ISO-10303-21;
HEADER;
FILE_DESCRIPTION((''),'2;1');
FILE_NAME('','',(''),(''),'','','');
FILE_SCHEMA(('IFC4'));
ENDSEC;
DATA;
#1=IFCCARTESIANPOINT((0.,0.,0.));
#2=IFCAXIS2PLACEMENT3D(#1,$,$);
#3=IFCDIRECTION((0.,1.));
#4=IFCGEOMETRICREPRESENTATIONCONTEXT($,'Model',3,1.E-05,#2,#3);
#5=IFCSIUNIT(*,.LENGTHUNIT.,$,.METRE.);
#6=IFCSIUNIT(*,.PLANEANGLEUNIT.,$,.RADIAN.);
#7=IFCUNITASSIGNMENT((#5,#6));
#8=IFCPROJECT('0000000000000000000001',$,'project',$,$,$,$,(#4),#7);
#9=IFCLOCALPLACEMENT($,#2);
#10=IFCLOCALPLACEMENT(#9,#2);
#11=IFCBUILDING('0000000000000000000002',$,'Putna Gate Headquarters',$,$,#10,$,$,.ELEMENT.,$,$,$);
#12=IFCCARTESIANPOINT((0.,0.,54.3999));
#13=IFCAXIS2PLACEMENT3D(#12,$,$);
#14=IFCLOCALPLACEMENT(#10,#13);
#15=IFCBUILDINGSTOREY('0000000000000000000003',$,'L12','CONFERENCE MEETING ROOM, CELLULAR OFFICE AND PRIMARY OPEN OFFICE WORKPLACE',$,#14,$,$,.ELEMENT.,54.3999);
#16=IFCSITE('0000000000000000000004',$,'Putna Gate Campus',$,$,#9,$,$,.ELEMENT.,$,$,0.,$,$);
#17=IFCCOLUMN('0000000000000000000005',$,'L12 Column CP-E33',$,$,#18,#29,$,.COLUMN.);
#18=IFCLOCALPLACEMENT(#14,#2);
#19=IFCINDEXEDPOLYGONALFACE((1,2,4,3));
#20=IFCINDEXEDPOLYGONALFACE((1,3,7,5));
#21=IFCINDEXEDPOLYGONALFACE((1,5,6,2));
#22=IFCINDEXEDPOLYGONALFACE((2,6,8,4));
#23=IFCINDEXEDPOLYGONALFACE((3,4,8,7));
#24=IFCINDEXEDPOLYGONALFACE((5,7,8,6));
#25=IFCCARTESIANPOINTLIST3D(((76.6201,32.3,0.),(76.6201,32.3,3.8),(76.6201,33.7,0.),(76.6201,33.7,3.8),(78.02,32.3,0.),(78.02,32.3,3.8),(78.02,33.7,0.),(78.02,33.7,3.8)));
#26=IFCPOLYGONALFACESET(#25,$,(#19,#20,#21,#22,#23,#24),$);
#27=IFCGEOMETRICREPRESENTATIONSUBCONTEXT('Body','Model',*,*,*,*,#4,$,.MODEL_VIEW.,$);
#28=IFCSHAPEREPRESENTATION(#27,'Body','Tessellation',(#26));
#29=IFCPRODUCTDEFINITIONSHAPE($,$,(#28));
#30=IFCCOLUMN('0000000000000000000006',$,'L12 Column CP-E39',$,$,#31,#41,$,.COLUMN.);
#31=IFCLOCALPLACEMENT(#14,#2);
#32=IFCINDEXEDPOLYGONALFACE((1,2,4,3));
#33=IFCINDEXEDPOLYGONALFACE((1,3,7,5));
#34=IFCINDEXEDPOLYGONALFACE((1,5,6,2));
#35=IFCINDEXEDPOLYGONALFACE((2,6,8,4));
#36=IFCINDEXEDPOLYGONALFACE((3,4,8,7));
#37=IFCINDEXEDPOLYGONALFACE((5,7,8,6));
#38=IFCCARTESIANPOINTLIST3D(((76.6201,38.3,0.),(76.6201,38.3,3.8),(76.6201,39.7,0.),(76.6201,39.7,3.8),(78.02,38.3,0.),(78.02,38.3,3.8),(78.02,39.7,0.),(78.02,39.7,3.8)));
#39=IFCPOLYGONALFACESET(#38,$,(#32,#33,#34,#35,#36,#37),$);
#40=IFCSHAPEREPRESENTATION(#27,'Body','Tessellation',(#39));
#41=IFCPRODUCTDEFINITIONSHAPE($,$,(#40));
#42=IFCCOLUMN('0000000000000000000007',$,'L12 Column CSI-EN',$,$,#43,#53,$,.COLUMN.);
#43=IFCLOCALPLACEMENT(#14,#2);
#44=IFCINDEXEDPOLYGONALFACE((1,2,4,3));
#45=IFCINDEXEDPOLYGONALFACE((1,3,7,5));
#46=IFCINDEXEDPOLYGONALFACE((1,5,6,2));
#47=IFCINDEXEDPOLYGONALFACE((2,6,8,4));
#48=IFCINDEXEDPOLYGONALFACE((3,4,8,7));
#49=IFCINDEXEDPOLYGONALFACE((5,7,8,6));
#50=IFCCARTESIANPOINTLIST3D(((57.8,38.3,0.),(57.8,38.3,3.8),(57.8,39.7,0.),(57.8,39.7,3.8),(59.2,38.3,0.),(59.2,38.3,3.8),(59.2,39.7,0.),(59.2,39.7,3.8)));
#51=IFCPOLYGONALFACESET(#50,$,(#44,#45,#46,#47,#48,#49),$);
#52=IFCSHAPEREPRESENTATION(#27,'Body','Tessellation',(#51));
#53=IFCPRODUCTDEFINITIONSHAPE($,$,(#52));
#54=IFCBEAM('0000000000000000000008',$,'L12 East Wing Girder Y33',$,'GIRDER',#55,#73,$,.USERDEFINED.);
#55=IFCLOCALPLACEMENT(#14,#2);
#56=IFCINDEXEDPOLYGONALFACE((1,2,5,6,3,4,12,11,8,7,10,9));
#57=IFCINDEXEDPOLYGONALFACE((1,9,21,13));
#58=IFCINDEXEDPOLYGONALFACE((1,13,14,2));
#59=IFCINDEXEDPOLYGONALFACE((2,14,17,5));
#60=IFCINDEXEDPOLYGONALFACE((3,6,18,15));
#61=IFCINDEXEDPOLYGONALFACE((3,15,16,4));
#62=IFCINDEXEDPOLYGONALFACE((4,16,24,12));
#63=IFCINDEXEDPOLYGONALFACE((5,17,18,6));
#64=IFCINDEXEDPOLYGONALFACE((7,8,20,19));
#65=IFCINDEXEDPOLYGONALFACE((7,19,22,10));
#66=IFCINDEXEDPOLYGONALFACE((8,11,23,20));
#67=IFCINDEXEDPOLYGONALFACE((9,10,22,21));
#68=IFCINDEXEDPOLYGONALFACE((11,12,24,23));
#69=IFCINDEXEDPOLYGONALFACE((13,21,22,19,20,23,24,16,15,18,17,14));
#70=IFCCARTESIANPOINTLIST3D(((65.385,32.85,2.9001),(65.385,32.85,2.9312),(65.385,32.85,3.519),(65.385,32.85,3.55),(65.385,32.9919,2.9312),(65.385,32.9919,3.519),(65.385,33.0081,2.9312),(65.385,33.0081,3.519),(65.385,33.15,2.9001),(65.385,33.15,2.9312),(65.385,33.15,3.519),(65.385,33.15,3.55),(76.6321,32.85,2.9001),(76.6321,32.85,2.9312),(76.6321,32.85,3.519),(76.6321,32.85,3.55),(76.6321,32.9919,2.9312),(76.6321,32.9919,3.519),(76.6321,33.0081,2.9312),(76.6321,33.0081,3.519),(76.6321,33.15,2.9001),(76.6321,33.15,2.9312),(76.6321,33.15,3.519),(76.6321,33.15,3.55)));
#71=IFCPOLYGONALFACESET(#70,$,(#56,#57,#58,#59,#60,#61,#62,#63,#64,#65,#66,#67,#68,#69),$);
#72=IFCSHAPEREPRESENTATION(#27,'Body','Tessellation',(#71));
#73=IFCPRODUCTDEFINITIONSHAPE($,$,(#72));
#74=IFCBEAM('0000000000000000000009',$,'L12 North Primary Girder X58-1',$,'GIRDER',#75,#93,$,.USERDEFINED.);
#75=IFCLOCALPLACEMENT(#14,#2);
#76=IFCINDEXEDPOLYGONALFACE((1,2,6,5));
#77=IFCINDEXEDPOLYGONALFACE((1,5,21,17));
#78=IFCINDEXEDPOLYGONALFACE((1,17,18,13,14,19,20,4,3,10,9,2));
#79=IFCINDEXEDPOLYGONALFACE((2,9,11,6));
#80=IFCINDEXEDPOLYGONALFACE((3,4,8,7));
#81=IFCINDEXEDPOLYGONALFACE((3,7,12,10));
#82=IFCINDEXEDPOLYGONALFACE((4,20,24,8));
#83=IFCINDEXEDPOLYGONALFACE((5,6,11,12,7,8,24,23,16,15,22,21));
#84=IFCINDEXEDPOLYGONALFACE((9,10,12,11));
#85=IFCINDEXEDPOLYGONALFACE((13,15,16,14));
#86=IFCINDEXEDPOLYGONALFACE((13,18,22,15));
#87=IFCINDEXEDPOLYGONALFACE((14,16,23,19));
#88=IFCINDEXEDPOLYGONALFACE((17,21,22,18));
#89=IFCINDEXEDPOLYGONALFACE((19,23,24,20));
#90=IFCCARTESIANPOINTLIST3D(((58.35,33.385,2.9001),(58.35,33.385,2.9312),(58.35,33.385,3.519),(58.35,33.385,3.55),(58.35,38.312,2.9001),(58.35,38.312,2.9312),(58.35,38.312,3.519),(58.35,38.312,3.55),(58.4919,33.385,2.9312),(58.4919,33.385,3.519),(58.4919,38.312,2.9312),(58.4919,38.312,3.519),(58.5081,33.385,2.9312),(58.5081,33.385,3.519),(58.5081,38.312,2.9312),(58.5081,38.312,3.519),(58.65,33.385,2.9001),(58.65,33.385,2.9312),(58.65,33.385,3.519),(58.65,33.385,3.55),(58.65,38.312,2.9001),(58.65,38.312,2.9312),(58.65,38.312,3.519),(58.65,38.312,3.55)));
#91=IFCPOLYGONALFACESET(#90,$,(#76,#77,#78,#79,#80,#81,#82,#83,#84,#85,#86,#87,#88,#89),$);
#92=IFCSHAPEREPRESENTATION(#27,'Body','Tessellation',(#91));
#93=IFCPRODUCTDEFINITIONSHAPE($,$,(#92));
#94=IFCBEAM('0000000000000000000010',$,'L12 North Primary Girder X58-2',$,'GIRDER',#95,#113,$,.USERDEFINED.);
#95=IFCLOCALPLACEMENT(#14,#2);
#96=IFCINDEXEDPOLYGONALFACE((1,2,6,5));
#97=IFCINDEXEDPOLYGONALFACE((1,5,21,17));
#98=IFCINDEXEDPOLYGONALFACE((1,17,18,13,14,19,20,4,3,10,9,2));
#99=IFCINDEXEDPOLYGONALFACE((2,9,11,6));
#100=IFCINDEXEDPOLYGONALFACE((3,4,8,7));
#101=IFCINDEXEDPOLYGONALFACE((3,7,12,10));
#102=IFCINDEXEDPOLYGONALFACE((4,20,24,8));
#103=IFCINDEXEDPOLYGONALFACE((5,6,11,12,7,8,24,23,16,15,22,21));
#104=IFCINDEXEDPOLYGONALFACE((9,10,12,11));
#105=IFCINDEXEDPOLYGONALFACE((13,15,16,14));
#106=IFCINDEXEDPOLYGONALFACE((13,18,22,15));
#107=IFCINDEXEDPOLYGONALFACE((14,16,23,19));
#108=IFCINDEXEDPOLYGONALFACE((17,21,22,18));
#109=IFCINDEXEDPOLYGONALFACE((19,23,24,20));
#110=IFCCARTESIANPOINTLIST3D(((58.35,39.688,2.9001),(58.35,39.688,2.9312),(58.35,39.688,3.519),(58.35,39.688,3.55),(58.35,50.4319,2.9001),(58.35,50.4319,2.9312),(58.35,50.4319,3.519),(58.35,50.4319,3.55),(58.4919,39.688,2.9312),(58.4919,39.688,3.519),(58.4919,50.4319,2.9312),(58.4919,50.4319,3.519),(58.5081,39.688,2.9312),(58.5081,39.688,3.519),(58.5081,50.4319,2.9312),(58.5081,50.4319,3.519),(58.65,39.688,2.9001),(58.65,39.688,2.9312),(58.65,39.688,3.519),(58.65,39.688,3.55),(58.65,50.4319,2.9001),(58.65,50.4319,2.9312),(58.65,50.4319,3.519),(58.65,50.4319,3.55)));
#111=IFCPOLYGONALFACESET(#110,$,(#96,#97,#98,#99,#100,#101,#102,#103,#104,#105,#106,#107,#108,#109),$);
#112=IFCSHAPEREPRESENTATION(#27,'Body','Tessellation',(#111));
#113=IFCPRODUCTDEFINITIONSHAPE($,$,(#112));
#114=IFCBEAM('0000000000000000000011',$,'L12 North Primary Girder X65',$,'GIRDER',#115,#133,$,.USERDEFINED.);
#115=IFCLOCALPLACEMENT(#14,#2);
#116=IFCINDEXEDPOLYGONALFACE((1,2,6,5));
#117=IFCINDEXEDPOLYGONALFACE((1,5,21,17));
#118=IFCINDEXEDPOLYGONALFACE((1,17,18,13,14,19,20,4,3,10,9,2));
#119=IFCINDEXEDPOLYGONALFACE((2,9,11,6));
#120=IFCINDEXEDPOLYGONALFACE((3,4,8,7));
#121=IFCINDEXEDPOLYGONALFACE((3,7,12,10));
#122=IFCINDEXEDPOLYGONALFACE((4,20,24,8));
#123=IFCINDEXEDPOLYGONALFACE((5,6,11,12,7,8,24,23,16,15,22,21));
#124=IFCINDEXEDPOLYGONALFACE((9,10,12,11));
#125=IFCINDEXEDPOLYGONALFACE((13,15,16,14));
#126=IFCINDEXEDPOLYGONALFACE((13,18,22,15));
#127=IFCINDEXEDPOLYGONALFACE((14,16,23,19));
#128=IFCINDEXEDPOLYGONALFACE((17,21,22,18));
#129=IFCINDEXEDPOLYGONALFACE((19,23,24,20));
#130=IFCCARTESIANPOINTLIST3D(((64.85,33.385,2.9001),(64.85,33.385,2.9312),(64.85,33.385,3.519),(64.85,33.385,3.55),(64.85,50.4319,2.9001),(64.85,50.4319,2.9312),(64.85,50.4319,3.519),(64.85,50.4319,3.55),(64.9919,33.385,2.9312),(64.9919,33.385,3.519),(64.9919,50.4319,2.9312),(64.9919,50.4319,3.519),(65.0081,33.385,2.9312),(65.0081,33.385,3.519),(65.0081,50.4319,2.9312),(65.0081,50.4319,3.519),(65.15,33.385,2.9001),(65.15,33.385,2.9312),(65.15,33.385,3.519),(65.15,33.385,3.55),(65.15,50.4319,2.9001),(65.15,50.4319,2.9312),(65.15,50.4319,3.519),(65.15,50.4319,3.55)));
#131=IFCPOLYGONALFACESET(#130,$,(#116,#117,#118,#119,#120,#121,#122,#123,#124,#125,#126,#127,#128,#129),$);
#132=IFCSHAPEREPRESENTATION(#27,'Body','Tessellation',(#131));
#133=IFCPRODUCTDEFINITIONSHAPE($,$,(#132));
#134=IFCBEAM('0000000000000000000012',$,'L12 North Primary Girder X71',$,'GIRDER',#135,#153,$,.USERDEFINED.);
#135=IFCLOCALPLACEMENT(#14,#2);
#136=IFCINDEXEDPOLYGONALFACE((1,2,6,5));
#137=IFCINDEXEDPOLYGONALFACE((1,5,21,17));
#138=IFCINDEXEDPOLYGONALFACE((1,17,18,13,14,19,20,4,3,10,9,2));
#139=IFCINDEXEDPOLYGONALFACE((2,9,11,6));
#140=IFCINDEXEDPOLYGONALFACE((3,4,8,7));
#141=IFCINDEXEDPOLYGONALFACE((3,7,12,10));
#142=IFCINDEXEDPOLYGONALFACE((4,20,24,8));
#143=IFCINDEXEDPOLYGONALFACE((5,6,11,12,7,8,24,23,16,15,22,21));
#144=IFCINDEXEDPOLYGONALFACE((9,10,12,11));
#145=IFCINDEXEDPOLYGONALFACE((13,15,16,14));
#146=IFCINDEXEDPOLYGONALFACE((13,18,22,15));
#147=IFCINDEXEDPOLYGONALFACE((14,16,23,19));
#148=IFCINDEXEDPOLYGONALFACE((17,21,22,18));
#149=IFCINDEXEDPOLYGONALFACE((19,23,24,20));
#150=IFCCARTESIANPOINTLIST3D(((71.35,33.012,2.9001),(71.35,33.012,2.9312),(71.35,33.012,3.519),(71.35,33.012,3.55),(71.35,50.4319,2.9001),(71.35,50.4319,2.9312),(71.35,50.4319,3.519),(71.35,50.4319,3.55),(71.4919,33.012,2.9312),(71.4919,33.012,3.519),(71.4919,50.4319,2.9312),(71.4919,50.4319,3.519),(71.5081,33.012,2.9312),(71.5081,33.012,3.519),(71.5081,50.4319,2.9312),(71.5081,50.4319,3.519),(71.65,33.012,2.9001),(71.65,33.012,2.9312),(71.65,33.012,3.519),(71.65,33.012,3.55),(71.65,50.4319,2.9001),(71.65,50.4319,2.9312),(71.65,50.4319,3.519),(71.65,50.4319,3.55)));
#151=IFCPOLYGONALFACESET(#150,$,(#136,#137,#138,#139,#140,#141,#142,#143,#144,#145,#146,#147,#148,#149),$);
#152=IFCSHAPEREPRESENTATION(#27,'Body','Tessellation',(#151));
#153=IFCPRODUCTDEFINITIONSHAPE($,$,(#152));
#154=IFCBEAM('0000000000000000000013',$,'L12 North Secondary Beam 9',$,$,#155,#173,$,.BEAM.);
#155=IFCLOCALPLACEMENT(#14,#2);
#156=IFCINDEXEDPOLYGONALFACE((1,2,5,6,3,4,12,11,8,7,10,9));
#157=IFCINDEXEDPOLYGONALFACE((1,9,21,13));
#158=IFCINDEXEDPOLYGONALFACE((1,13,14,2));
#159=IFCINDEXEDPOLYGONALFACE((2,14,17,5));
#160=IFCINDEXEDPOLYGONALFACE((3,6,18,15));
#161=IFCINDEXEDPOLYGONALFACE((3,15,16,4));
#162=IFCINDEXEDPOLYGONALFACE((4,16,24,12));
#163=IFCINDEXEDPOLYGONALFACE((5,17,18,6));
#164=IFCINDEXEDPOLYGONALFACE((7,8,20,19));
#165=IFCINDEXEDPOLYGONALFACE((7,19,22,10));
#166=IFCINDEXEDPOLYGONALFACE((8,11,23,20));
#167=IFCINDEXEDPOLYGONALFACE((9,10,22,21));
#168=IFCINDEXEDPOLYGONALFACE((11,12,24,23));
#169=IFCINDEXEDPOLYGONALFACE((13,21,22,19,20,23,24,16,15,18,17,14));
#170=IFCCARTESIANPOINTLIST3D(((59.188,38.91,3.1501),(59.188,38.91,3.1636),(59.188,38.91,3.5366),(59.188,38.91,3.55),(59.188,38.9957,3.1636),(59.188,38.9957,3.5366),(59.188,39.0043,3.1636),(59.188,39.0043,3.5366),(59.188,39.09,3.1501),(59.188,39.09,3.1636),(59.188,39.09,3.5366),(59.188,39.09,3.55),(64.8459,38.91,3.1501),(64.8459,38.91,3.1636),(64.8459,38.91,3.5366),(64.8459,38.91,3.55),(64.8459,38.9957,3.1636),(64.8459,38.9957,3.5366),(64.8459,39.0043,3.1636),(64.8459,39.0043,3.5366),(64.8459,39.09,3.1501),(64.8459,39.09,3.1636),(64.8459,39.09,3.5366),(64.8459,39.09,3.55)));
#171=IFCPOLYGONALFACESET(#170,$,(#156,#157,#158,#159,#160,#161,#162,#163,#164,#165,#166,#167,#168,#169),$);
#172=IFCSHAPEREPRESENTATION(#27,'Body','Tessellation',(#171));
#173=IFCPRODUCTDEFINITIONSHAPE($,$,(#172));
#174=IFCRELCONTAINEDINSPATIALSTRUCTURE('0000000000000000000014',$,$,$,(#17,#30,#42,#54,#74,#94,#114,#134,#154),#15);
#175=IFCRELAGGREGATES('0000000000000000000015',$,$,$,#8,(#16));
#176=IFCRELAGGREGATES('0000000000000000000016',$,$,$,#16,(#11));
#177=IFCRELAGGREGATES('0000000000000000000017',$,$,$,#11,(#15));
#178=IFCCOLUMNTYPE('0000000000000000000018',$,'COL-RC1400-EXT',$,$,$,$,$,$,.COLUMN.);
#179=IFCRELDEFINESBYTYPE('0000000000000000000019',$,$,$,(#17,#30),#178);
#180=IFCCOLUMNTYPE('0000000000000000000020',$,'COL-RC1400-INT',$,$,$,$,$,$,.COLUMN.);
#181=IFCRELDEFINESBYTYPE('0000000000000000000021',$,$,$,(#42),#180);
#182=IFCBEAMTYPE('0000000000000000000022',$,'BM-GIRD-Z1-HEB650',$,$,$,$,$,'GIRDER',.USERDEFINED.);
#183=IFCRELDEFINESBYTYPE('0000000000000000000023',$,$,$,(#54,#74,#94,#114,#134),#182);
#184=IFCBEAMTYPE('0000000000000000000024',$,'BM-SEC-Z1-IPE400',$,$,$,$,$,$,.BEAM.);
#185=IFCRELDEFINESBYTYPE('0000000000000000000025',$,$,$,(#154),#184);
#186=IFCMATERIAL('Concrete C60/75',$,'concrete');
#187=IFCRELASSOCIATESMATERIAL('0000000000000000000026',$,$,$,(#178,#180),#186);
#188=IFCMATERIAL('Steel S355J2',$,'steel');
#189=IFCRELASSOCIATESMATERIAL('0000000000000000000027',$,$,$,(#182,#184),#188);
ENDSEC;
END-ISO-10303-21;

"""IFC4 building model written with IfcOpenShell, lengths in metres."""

from ifc_helpers import new_model, si_unit, direction, frame, origin, origin_2d, place, context, subcontext, project, spatial, rectangle, i_section, extrude, material, material_profile, profile_set, type_object, element, save


model = new_model("IFC4")

# Units and contexts
model_context = context("Model", 3, precision=1e-05, world=origin(), true_north=direction((0.0, 1.0)))
body_context = subcontext(model_context, "Body", "Model", "MODEL_VIEW")
ifc_project = project(units=[si_unit("LENGTHUNIT", "METRE"), si_unit("PLANEANGLEUNIT", "RADIAN")], contexts=[model_context])

# Site, building, storey
site_placement = place(None, origin())
site = spatial("IfcSite", under=ifc_project, at=site_placement, Name="Putna Gate Campus", CompositionType="ELEMENT", RefElevation=0.0)
building_placement = place(site_placement, origin())
building = spatial("IfcBuilding", under=site, at=building_placement, Name="Putna Gate Headquarters", CompositionType="ELEMENT")
storey_placement = place(building_placement, frame((0.0, 0.0, 54.3999)))
storey = spatial("IfcBuildingStorey", under=building, at=storey_placement, Name="L12", Description="CONFERENCE MEETING ROOM, CELLULAR OFFICE AND PRIMARY OPEN OFFICE WORKPLACE", CompositionType="ELEMENT", Elevation=54.3999)

# Columns
ifc_material_1 = material(Name="Concrete C60/75", Category="concrete")
ifc_material_profile_1 = material_profile(ifc_material_1, rectangle(XDim=1.3999, YDim=1.3999, at=origin_2d()), Name="Concrete C60/75")
ifc_profile_set_1 = profile_set([ifc_material_profile_1], Name="Concrete C60/75")
column_type_1 = type_object("IfcColumnType", Name="COL-RC1400-EXT", PredefinedType="COLUMN", material=ifc_profile_set_1)
for number, where, z_axis, x_axis, name in (
    (1, (77.3201, 33.0, 0.0), (0.0, 0.0, 1.0), (1.0, 0.0, 0.0), "L12 Column CP-E33"),
    (2, (77.3201, 39.0, 0.0), (0.0, 0.0, 1.0), (1.0, 0.0, 0.0), "L12 Column CP-E39"),
):
    element("IfcColumn", number, at=place(storey_placement, frame(where, z_axis=z_axis, x_axis=x_axis)), inside=storey, type_object=column_type_1, Name=name, PredefinedType="COLUMN", context=body_context, shape_type="SweptSolid", body=[
        extrude(rectangle(XDim=1.3999, YDim=1.3999, at=origin_2d()), origin(), (0.0, 0.0, 1.0), 3.8),
    ])
ifc_material_profile_2 = material_profile(ifc_material_1, rectangle(XDim=1.3999, YDim=1.3999, at=origin_2d()), Name="Concrete C60/75")
ifc_profile_set_2 = profile_set([ifc_material_profile_2], Name="Concrete C60/75")
column_type_2 = type_object("IfcColumnType", Name="COL-RC1400-INT", PredefinedType="COLUMN", material=ifc_profile_set_2)
column_placement = place(storey_placement, frame((58.5, 39.0, 0.0), z_axis=(0.0, 0.0, 1.0), x_axis=(1.0, 0.0, 0.0)))
element("IfcColumn", 3, at=column_placement, inside=storey, type_object=column_type_2, Name="L12 Column CSI-EN", PredefinedType="COLUMN", context=body_context, shape_type="SweptSolid", body=[
    extrude(rectangle(XDim=1.3999, YDim=1.3999, at=origin_2d()), origin(), (0.0, 0.0, 1.0), 3.8),
])

# Beams
ifc_material_2 = material(Name="Steel S355J2", Category="steel")
ifc_material_profile_3 = material_profile(ifc_material_2, i_section(OverallWidth=0.3, OverallDepth=0.6499, WebThickness=0.0161, FlangeThickness=0.031, at=origin_2d()), Name="Steel S355J2")
ifc_profile_set_3 = profile_set([ifc_material_profile_3], Name="Steel S355J2")
beam_type_1 = type_object("IfcBeamType", Name="BM-GIRD-Z1-HEB650", ElementType="GIRDER", PredefinedType="USERDEFINED", material=ifc_profile_set_3)
beam_1_placement = place(storey_placement, frame((65.385, 33.0, 3.2251), z_axis=(1.0, 0.0, 0.0), x_axis=(0.0, 1.0, 0.0)))
element("IfcBeam", 4, at=beam_1_placement, inside=storey, type_object=beam_type_1, Name="L12 East Wing Girder Y33", ObjectType="GIRDER", PredefinedType="USERDEFINED", context=body_context, shape_type="SweptSolid", body=[
    extrude(i_section(OverallWidth=0.3, OverallDepth=0.6499, WebThickness=0.0161, FlangeThickness=0.031, at=origin_2d()), origin(), (0.0, 0.0, 1.0), 11.2471),
])
beam_2_placement = place(storey_placement, frame((58.5, 33.385, 3.2251), z_axis=(0.0, 1.0, 0.0), x_axis=(-1.0, 0.0, 0.0)))
element("IfcBeam", 5, at=beam_2_placement, inside=storey, type_object=beam_type_1, Name="L12 North Primary Girder X58-1", ObjectType="GIRDER", PredefinedType="USERDEFINED", context=body_context, shape_type="SweptSolid", body=[
    extrude(i_section(OverallWidth=0.3, OverallDepth=0.6499, WebThickness=0.0161, FlangeThickness=0.031, at=origin_2d()), origin(), (0.0, 0.0, 1.0), 4.927),
])
beam_3_placement = place(storey_placement, frame((58.5, 39.688, 3.2251), z_axis=(0.0, 1.0, 0.0), x_axis=(-1.0, 0.0, 0.0)))
element("IfcBeam", 6, at=beam_3_placement, inside=storey, type_object=beam_type_1, Name="L12 North Primary Girder X58-2", ObjectType="GIRDER", PredefinedType="USERDEFINED", context=body_context, shape_type="SweptSolid", body=[
    extrude(i_section(OverallWidth=0.3, OverallDepth=0.6499, WebThickness=0.0161, FlangeThickness=0.031, at=origin_2d()), origin(), (0.0, 0.0, 1.0), 10.7439),
])
beam_4_placement = place(storey_placement, frame((65.0, 33.385, 3.2251), z_axis=(0.0, 1.0, 0.0), x_axis=(-1.0, 0.0, 0.0)))
element("IfcBeam", 7, at=beam_4_placement, inside=storey, type_object=beam_type_1, Name="L12 North Primary Girder X65", ObjectType="GIRDER", PredefinedType="USERDEFINED", context=body_context, shape_type="SweptSolid", body=[
    extrude(i_section(OverallWidth=0.3, OverallDepth=0.6499, WebThickness=0.0161, FlangeThickness=0.031, at=origin_2d()), origin(), (0.0, 0.0, 1.0), 17.0469),
])
beam_5_placement = place(storey_placement, frame((71.5, 33.012, 3.2251), z_axis=(0.0, 1.0, 0.0), x_axis=(-1.0, 0.0, 0.0)))
element("IfcBeam", 8, at=beam_5_placement, inside=storey, type_object=beam_type_1, Name="L12 North Primary Girder X71", ObjectType="GIRDER", PredefinedType="USERDEFINED", context=body_context, shape_type="SweptSolid", body=[
    extrude(i_section(OverallWidth=0.3, OverallDepth=0.6499, WebThickness=0.0161, FlangeThickness=0.031, at=origin_2d()), origin(), (0.0, 0.0, 1.0), 17.4199),
])
ifc_material_profile_4 = material_profile(ifc_material_2, i_section(OverallWidth=0.1799, OverallDepth=0.3999, WebThickness=0.0085, FlangeThickness=0.0134, at=origin_2d()), Name="Steel S355J2")
ifc_profile_set_4 = profile_set([ifc_material_profile_4], Name="Steel S355J2")
beam_type_2 = type_object("IfcBeamType", Name="BM-SEC-Z1-IPE400", PredefinedType="BEAM", material=ifc_profile_set_4)
beam_6_placement = place(storey_placement, frame((59.188, 39.0, 3.3501), z_axis=(1.0, 0.0, 0.0), x_axis=(0.0, 1.0, 0.0)))
element("IfcBeam", 9, at=beam_6_placement, inside=storey, type_object=beam_type_2, Name="L12 North Secondary Beam 9", PredefinedType="BEAM", context=body_context, shape_type="SweptSolid", body=[
    extrude(i_section(OverallWidth=0.1799, OverallDepth=0.3999, WebThickness=0.0085, FlangeThickness=0.0134, at=origin_2d()), origin(), (0.0, 0.0, 1.0), 5.658),
])

save(model, "model.ifc")
